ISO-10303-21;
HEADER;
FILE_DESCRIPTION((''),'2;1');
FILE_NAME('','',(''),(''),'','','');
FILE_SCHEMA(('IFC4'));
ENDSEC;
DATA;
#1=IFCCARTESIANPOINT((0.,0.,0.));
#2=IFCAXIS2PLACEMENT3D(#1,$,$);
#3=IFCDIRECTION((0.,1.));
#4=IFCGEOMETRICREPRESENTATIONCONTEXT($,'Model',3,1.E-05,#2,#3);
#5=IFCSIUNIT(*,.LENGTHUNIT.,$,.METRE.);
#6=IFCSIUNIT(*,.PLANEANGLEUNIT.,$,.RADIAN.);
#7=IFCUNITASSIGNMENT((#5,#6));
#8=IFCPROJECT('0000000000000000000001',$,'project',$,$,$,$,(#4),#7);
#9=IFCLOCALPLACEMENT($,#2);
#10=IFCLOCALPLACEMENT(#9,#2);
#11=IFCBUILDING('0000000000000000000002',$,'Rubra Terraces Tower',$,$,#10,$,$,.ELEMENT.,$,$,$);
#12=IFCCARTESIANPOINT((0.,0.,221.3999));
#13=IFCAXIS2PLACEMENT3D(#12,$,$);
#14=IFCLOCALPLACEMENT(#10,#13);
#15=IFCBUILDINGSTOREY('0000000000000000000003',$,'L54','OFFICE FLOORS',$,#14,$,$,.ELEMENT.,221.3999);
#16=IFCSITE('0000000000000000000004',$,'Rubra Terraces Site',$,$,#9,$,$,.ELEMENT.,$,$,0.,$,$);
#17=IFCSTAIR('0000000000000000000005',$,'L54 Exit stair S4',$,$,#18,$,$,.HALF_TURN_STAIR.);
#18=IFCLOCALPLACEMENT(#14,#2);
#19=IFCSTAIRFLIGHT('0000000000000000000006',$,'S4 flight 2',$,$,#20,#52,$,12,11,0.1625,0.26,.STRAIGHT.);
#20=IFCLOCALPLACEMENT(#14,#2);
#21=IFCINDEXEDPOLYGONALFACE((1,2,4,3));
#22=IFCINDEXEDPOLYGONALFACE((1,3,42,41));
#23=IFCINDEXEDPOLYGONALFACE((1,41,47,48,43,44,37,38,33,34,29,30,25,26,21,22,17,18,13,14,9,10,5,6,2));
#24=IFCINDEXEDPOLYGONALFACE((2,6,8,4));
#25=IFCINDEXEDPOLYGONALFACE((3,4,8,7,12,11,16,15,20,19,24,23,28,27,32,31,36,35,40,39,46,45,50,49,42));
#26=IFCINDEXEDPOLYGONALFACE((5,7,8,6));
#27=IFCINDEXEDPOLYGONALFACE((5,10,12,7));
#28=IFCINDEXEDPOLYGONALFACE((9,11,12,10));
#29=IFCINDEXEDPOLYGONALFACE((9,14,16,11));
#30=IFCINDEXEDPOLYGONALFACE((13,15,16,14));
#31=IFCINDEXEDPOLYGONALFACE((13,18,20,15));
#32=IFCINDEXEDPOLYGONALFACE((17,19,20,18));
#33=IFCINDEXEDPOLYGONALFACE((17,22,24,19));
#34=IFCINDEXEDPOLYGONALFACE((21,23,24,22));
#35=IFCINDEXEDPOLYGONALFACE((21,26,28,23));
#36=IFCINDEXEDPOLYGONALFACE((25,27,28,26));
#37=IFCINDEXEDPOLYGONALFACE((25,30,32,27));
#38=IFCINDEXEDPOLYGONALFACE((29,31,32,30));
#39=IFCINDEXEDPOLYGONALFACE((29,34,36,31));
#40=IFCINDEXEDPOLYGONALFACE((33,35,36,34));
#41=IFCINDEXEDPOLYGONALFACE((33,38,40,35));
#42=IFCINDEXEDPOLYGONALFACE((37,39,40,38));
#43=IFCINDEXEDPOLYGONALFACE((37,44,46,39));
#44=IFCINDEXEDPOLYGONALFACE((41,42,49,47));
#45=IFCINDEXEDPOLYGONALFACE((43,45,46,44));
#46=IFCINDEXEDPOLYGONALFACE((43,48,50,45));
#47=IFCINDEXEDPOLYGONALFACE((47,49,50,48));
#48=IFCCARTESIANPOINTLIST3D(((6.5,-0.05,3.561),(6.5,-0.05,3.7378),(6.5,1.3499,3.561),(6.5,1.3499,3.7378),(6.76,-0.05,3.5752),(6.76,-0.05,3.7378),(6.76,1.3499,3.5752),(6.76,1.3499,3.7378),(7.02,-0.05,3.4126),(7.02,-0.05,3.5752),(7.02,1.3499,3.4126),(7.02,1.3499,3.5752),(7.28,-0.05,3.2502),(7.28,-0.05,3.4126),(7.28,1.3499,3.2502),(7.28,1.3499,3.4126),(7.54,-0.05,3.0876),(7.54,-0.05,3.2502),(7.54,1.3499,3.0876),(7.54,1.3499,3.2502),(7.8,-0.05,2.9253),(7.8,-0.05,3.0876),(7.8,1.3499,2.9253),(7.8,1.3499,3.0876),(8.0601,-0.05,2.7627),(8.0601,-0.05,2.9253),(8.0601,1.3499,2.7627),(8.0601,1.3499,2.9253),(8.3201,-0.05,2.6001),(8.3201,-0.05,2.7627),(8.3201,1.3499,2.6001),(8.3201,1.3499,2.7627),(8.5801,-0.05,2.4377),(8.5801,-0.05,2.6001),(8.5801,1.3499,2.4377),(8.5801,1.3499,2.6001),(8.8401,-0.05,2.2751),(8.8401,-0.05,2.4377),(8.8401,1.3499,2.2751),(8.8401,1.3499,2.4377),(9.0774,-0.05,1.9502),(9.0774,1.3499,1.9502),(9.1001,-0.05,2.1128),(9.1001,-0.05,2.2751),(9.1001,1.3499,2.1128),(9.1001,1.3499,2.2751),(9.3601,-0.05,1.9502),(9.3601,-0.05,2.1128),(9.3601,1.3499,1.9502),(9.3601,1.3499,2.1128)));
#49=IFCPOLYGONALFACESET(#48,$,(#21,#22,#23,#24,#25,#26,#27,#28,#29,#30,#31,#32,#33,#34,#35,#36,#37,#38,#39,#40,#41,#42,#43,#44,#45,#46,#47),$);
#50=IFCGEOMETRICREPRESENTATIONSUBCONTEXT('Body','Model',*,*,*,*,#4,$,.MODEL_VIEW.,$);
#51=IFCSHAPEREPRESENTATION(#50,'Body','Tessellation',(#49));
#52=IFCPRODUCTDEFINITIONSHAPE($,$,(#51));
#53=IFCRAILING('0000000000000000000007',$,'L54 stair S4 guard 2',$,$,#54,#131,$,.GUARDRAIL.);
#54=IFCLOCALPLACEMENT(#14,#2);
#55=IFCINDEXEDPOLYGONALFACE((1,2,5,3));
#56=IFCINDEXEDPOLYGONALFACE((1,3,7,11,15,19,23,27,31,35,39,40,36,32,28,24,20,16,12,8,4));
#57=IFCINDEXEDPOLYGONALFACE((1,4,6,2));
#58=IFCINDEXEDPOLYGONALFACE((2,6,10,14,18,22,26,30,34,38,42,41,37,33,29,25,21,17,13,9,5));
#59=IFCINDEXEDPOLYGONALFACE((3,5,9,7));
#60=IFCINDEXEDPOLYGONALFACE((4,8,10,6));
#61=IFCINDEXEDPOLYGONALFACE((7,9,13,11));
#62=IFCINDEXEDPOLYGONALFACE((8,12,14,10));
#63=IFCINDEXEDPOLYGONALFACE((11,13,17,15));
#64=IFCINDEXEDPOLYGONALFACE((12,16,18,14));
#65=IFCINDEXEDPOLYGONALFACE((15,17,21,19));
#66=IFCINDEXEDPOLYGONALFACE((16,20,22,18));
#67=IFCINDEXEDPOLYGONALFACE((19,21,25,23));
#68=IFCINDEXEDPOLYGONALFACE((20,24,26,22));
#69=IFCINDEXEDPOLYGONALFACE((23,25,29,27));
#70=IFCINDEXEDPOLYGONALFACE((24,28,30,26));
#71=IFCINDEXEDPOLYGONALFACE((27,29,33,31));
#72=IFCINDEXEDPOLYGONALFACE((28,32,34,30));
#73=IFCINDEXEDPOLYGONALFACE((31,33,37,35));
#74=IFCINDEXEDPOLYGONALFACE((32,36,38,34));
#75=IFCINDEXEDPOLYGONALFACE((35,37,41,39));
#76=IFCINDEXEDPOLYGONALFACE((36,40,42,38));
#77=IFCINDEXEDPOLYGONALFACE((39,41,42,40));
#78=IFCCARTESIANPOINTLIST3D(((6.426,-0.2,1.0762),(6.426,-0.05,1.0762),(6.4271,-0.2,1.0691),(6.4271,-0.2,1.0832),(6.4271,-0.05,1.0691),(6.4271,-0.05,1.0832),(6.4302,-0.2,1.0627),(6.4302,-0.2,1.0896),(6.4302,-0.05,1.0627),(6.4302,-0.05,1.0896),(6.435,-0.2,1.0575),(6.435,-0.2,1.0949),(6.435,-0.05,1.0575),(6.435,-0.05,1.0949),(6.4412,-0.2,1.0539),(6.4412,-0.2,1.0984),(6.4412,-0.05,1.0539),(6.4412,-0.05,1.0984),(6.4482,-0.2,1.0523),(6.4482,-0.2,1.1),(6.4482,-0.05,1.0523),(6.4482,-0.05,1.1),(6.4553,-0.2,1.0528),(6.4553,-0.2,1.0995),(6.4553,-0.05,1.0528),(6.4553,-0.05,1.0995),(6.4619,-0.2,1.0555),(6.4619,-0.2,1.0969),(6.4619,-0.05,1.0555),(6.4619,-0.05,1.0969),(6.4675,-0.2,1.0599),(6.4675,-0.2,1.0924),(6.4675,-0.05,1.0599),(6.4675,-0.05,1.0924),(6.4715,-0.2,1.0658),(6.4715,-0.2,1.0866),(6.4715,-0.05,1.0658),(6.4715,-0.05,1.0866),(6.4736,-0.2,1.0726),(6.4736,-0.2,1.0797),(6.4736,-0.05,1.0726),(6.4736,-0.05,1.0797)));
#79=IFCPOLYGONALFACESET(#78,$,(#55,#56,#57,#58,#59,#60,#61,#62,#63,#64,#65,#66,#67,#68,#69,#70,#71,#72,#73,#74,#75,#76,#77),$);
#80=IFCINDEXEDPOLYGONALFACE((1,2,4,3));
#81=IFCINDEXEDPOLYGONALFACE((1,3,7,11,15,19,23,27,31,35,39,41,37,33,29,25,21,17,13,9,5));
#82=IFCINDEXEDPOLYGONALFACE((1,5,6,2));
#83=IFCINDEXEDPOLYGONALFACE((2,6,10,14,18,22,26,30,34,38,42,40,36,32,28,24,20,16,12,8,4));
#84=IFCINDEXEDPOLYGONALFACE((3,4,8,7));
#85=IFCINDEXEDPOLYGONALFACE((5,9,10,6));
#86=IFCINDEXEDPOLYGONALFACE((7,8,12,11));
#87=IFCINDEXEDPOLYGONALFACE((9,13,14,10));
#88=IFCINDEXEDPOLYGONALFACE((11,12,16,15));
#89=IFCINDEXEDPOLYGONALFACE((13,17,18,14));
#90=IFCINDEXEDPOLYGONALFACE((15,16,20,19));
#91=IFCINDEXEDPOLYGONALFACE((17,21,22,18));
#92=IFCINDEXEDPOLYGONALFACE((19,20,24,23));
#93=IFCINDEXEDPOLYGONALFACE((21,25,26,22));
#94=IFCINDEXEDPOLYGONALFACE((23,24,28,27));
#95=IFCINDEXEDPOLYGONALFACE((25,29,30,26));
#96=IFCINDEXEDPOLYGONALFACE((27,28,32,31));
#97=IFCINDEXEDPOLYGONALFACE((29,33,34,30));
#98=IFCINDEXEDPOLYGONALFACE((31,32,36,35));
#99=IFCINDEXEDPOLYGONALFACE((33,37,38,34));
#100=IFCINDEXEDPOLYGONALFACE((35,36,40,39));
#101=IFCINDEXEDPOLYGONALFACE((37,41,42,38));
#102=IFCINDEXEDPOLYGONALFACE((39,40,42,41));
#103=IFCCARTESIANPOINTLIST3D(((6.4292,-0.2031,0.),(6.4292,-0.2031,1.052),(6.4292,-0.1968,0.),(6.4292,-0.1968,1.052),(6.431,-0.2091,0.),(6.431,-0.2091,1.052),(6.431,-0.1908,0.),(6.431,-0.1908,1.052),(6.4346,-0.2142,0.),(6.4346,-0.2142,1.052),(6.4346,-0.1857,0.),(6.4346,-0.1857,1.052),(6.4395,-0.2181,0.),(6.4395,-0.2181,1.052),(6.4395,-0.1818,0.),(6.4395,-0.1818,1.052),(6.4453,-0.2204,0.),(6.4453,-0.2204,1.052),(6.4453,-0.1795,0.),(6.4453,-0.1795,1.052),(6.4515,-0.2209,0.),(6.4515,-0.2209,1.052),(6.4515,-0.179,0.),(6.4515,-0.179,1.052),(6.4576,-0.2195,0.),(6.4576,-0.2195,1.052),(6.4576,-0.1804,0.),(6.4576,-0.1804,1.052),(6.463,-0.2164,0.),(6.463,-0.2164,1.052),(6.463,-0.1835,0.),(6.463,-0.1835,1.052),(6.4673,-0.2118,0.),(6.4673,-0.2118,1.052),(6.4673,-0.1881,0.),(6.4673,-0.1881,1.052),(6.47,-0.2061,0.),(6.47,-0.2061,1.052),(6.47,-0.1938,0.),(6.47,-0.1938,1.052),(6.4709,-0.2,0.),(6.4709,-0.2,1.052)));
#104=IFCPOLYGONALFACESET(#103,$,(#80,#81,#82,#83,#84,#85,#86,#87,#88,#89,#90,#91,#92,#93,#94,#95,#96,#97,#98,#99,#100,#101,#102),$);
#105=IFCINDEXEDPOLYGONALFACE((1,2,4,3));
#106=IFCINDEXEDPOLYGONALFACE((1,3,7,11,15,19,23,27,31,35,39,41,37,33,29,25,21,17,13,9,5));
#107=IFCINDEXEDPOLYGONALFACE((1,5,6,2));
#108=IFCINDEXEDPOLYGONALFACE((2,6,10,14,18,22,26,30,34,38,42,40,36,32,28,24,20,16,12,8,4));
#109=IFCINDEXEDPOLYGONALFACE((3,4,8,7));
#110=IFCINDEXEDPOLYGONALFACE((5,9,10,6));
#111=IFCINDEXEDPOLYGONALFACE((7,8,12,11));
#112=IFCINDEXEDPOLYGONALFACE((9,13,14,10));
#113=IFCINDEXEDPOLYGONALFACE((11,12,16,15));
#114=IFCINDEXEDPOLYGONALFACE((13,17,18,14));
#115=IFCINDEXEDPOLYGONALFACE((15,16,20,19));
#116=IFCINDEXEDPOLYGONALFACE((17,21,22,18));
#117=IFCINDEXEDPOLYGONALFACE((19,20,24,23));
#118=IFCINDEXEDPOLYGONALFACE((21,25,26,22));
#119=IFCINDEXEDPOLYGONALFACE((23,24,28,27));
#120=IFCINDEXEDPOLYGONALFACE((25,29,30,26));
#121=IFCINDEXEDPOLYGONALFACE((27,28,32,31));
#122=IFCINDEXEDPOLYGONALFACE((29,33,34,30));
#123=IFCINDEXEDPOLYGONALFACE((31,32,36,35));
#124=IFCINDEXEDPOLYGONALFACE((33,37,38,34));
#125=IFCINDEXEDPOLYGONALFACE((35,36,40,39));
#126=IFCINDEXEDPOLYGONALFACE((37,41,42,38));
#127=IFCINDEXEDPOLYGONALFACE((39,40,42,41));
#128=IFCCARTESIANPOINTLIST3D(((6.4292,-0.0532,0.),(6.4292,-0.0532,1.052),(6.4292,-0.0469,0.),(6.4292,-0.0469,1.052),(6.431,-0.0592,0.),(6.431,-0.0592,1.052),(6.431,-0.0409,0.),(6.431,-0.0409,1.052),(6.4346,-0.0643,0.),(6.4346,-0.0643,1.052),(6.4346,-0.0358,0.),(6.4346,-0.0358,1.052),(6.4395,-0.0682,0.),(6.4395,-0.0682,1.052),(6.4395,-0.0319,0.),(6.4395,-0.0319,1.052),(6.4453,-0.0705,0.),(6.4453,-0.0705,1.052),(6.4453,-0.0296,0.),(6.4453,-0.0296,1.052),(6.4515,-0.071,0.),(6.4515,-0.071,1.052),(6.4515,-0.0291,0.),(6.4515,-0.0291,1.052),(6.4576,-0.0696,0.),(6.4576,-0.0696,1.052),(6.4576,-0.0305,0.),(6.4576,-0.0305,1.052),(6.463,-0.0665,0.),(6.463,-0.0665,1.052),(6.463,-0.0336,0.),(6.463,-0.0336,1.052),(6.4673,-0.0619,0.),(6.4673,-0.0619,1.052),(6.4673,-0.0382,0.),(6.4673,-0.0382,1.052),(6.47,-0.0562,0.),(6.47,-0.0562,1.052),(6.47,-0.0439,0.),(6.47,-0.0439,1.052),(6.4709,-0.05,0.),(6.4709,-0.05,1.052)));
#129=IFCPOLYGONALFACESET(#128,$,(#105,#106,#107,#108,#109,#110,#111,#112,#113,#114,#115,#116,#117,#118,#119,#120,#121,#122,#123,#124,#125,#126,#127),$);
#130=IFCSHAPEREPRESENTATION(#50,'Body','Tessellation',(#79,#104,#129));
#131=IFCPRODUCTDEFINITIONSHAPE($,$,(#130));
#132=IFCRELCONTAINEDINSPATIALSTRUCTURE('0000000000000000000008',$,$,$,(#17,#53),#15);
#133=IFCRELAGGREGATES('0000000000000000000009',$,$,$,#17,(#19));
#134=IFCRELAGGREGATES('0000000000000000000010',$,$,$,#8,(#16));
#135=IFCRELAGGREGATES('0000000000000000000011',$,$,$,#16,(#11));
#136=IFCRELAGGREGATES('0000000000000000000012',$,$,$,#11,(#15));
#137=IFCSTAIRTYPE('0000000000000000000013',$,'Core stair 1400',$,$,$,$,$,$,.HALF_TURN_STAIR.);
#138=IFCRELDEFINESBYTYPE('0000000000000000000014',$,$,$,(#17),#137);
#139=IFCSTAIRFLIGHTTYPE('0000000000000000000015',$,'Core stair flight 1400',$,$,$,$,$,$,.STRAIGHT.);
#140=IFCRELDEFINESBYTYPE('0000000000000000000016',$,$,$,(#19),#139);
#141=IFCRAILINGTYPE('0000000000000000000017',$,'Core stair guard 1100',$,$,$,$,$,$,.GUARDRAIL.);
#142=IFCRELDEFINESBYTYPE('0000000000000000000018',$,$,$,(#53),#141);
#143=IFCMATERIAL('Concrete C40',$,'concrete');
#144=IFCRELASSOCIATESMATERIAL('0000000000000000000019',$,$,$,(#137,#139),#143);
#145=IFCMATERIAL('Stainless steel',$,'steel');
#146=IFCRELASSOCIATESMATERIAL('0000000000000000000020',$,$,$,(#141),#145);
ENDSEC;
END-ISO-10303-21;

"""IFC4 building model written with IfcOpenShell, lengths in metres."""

from ifc_helpers import new_model, si_unit, direction, frame, origin, origin_2d, place, context, subcontext, project, spatial, polyline, circle, outline, extrude, material, type_object, element, aggregate, save


model = new_model("IFC4")

# Units and contexts
model_context = context("Model", 3, precision=1e-05, world=origin(), true_north=direction((0.0, 1.0)))
body_context = subcontext(model_context, "Body", "Model", "MODEL_VIEW")
ifc_project = project(units=[si_unit("LENGTHUNIT", "METRE"), si_unit("PLANEANGLEUNIT", "RADIAN")], contexts=[model_context])

# Site, building, storey
site_placement = place(None, origin())
site = spatial("IfcSite", under=ifc_project, at=site_placement, Name="Rubra Terraces Site", CompositionType="ELEMENT", RefElevation=0.0)
building_placement = place(site_placement, origin())
building = spatial("IfcBuilding", under=site, at=building_placement, Name="Rubra Terraces Tower", CompositionType="ELEMENT")
storey_placement = place(building_placement, frame((0.0, 0.0, 221.3999)))
storey = spatial("IfcBuildingStorey", under=building, at=storey_placement, Name="L54", Description="OFFICE FLOORS", CompositionType="ELEMENT", Elevation=221.3999)

# Shared definitions
ifc_material_1 = material(Name="Concrete C40", Category="concrete")

# Stair
stair_type = type_object("IfcStairType", Name="Core stair 1400", PredefinedType="HALF_TURN_STAIR", material=ifc_material_1)
stair_1_placement = place(storey_placement, origin())
stair_1 = element("IfcStair", 1, at=stair_1_placement, inside=storey, type_object=stair_type, Name="L54 Exit stair S4", PredefinedType="HALF_TURN_STAIR")

# Stair flight
stair_flight_type = type_object("IfcStairFlightType", Name="Core stair flight 1400", PredefinedType="STRAIGHT", material=ifc_material_1)
stair_flight_1_placement = place(storey_placement, frame((9.3601, 0.6499, 1.9502), z_axis=(0.0, 0.0, 1.0), x_axis=(-1.0, 0.0, 0.0)))
stair_flight_1 = element("IfcStairFlight", 2, at=stair_flight_1_placement, type_object=stair_flight_type, Name="S4 flight 2", NumberOfRisers=12, NumberOfTreads=11, PredefinedType="STRAIGHT", RiserHeight=0.1625, TreadLength=0.26, context=body_context, shape_type="SweptSolid", body=[
    extrude(outline(polyline([(0.0, 0.0), (0.0, 0.1626), (0.26, 0.1626), (0.26, 0.325), (0.52, 0.325), (0.52, 0.4875), (0.78, 0.4875), (0.78, 0.6499), (1.04, 0.6499), (1.04, 0.8125), (1.3, 0.8125), (1.3, 0.9751), (1.5601, 0.9751), (1.5601, 1.1375), (1.8201, 1.1375), (1.8201, 1.3), (2.0801, 1.3), (2.0801, 1.4624), (2.3401, 1.4624), (2.3401, 1.625), (2.6001, 1.625), (2.6001, 1.7876), (2.8601, 1.7876), (2.8601, 1.95), (2.8601, 1.6108), (0.2827, 0.0), (0.0, 0.0)])), frame((0.0, 0.7, 0.0), z_axis=(0.0, -1.0, 0.0), x_axis=(1.0, 0.0, 0.0)), (0.0, 0.0, 1.0), 1.3999),
])
aggregate(stair_1, [stair_flight_1])

# Railing
ifc_material_2 = material(Name="Stainless steel", Category="steel")
railing_type_1 = type_object("IfcRailingType", Name="Core stair guard 1100", PredefinedType="GUARDRAIL", material=ifc_material_2)
railing_1_placement = place(storey_placement, frame((6.45, -0.2, 0.0)))
element("IfcRailing", 3, at=railing_1_placement, inside=storey, type_object=railing_type_1, Name="L54 stair S4 guard 2", PredefinedType="GUARDRAIL", context=body_context, shape_type="SweptSolid", body=[
    extrude(circle(Radius=0.0239, at=origin_2d()), frame((0.0, 0.0, 1.0762), z_axis=(0.0, 1.0, 0.0), x_axis=(-1.0, 0.0, 0.0)), (0.0, 0.0, 1.0), 0.1499),
    extrude(circle(Radius=0.021, at=origin_2d()), origin(), (0.0, 0.0, 1.0), 1.052),
    extrude(circle(Radius=0.021, at=origin_2d()), frame((0.0, 0.1499, 0.0)), (0.0, 0.0, 1.0), 1.052),
])

save(model, "model.ifc")
